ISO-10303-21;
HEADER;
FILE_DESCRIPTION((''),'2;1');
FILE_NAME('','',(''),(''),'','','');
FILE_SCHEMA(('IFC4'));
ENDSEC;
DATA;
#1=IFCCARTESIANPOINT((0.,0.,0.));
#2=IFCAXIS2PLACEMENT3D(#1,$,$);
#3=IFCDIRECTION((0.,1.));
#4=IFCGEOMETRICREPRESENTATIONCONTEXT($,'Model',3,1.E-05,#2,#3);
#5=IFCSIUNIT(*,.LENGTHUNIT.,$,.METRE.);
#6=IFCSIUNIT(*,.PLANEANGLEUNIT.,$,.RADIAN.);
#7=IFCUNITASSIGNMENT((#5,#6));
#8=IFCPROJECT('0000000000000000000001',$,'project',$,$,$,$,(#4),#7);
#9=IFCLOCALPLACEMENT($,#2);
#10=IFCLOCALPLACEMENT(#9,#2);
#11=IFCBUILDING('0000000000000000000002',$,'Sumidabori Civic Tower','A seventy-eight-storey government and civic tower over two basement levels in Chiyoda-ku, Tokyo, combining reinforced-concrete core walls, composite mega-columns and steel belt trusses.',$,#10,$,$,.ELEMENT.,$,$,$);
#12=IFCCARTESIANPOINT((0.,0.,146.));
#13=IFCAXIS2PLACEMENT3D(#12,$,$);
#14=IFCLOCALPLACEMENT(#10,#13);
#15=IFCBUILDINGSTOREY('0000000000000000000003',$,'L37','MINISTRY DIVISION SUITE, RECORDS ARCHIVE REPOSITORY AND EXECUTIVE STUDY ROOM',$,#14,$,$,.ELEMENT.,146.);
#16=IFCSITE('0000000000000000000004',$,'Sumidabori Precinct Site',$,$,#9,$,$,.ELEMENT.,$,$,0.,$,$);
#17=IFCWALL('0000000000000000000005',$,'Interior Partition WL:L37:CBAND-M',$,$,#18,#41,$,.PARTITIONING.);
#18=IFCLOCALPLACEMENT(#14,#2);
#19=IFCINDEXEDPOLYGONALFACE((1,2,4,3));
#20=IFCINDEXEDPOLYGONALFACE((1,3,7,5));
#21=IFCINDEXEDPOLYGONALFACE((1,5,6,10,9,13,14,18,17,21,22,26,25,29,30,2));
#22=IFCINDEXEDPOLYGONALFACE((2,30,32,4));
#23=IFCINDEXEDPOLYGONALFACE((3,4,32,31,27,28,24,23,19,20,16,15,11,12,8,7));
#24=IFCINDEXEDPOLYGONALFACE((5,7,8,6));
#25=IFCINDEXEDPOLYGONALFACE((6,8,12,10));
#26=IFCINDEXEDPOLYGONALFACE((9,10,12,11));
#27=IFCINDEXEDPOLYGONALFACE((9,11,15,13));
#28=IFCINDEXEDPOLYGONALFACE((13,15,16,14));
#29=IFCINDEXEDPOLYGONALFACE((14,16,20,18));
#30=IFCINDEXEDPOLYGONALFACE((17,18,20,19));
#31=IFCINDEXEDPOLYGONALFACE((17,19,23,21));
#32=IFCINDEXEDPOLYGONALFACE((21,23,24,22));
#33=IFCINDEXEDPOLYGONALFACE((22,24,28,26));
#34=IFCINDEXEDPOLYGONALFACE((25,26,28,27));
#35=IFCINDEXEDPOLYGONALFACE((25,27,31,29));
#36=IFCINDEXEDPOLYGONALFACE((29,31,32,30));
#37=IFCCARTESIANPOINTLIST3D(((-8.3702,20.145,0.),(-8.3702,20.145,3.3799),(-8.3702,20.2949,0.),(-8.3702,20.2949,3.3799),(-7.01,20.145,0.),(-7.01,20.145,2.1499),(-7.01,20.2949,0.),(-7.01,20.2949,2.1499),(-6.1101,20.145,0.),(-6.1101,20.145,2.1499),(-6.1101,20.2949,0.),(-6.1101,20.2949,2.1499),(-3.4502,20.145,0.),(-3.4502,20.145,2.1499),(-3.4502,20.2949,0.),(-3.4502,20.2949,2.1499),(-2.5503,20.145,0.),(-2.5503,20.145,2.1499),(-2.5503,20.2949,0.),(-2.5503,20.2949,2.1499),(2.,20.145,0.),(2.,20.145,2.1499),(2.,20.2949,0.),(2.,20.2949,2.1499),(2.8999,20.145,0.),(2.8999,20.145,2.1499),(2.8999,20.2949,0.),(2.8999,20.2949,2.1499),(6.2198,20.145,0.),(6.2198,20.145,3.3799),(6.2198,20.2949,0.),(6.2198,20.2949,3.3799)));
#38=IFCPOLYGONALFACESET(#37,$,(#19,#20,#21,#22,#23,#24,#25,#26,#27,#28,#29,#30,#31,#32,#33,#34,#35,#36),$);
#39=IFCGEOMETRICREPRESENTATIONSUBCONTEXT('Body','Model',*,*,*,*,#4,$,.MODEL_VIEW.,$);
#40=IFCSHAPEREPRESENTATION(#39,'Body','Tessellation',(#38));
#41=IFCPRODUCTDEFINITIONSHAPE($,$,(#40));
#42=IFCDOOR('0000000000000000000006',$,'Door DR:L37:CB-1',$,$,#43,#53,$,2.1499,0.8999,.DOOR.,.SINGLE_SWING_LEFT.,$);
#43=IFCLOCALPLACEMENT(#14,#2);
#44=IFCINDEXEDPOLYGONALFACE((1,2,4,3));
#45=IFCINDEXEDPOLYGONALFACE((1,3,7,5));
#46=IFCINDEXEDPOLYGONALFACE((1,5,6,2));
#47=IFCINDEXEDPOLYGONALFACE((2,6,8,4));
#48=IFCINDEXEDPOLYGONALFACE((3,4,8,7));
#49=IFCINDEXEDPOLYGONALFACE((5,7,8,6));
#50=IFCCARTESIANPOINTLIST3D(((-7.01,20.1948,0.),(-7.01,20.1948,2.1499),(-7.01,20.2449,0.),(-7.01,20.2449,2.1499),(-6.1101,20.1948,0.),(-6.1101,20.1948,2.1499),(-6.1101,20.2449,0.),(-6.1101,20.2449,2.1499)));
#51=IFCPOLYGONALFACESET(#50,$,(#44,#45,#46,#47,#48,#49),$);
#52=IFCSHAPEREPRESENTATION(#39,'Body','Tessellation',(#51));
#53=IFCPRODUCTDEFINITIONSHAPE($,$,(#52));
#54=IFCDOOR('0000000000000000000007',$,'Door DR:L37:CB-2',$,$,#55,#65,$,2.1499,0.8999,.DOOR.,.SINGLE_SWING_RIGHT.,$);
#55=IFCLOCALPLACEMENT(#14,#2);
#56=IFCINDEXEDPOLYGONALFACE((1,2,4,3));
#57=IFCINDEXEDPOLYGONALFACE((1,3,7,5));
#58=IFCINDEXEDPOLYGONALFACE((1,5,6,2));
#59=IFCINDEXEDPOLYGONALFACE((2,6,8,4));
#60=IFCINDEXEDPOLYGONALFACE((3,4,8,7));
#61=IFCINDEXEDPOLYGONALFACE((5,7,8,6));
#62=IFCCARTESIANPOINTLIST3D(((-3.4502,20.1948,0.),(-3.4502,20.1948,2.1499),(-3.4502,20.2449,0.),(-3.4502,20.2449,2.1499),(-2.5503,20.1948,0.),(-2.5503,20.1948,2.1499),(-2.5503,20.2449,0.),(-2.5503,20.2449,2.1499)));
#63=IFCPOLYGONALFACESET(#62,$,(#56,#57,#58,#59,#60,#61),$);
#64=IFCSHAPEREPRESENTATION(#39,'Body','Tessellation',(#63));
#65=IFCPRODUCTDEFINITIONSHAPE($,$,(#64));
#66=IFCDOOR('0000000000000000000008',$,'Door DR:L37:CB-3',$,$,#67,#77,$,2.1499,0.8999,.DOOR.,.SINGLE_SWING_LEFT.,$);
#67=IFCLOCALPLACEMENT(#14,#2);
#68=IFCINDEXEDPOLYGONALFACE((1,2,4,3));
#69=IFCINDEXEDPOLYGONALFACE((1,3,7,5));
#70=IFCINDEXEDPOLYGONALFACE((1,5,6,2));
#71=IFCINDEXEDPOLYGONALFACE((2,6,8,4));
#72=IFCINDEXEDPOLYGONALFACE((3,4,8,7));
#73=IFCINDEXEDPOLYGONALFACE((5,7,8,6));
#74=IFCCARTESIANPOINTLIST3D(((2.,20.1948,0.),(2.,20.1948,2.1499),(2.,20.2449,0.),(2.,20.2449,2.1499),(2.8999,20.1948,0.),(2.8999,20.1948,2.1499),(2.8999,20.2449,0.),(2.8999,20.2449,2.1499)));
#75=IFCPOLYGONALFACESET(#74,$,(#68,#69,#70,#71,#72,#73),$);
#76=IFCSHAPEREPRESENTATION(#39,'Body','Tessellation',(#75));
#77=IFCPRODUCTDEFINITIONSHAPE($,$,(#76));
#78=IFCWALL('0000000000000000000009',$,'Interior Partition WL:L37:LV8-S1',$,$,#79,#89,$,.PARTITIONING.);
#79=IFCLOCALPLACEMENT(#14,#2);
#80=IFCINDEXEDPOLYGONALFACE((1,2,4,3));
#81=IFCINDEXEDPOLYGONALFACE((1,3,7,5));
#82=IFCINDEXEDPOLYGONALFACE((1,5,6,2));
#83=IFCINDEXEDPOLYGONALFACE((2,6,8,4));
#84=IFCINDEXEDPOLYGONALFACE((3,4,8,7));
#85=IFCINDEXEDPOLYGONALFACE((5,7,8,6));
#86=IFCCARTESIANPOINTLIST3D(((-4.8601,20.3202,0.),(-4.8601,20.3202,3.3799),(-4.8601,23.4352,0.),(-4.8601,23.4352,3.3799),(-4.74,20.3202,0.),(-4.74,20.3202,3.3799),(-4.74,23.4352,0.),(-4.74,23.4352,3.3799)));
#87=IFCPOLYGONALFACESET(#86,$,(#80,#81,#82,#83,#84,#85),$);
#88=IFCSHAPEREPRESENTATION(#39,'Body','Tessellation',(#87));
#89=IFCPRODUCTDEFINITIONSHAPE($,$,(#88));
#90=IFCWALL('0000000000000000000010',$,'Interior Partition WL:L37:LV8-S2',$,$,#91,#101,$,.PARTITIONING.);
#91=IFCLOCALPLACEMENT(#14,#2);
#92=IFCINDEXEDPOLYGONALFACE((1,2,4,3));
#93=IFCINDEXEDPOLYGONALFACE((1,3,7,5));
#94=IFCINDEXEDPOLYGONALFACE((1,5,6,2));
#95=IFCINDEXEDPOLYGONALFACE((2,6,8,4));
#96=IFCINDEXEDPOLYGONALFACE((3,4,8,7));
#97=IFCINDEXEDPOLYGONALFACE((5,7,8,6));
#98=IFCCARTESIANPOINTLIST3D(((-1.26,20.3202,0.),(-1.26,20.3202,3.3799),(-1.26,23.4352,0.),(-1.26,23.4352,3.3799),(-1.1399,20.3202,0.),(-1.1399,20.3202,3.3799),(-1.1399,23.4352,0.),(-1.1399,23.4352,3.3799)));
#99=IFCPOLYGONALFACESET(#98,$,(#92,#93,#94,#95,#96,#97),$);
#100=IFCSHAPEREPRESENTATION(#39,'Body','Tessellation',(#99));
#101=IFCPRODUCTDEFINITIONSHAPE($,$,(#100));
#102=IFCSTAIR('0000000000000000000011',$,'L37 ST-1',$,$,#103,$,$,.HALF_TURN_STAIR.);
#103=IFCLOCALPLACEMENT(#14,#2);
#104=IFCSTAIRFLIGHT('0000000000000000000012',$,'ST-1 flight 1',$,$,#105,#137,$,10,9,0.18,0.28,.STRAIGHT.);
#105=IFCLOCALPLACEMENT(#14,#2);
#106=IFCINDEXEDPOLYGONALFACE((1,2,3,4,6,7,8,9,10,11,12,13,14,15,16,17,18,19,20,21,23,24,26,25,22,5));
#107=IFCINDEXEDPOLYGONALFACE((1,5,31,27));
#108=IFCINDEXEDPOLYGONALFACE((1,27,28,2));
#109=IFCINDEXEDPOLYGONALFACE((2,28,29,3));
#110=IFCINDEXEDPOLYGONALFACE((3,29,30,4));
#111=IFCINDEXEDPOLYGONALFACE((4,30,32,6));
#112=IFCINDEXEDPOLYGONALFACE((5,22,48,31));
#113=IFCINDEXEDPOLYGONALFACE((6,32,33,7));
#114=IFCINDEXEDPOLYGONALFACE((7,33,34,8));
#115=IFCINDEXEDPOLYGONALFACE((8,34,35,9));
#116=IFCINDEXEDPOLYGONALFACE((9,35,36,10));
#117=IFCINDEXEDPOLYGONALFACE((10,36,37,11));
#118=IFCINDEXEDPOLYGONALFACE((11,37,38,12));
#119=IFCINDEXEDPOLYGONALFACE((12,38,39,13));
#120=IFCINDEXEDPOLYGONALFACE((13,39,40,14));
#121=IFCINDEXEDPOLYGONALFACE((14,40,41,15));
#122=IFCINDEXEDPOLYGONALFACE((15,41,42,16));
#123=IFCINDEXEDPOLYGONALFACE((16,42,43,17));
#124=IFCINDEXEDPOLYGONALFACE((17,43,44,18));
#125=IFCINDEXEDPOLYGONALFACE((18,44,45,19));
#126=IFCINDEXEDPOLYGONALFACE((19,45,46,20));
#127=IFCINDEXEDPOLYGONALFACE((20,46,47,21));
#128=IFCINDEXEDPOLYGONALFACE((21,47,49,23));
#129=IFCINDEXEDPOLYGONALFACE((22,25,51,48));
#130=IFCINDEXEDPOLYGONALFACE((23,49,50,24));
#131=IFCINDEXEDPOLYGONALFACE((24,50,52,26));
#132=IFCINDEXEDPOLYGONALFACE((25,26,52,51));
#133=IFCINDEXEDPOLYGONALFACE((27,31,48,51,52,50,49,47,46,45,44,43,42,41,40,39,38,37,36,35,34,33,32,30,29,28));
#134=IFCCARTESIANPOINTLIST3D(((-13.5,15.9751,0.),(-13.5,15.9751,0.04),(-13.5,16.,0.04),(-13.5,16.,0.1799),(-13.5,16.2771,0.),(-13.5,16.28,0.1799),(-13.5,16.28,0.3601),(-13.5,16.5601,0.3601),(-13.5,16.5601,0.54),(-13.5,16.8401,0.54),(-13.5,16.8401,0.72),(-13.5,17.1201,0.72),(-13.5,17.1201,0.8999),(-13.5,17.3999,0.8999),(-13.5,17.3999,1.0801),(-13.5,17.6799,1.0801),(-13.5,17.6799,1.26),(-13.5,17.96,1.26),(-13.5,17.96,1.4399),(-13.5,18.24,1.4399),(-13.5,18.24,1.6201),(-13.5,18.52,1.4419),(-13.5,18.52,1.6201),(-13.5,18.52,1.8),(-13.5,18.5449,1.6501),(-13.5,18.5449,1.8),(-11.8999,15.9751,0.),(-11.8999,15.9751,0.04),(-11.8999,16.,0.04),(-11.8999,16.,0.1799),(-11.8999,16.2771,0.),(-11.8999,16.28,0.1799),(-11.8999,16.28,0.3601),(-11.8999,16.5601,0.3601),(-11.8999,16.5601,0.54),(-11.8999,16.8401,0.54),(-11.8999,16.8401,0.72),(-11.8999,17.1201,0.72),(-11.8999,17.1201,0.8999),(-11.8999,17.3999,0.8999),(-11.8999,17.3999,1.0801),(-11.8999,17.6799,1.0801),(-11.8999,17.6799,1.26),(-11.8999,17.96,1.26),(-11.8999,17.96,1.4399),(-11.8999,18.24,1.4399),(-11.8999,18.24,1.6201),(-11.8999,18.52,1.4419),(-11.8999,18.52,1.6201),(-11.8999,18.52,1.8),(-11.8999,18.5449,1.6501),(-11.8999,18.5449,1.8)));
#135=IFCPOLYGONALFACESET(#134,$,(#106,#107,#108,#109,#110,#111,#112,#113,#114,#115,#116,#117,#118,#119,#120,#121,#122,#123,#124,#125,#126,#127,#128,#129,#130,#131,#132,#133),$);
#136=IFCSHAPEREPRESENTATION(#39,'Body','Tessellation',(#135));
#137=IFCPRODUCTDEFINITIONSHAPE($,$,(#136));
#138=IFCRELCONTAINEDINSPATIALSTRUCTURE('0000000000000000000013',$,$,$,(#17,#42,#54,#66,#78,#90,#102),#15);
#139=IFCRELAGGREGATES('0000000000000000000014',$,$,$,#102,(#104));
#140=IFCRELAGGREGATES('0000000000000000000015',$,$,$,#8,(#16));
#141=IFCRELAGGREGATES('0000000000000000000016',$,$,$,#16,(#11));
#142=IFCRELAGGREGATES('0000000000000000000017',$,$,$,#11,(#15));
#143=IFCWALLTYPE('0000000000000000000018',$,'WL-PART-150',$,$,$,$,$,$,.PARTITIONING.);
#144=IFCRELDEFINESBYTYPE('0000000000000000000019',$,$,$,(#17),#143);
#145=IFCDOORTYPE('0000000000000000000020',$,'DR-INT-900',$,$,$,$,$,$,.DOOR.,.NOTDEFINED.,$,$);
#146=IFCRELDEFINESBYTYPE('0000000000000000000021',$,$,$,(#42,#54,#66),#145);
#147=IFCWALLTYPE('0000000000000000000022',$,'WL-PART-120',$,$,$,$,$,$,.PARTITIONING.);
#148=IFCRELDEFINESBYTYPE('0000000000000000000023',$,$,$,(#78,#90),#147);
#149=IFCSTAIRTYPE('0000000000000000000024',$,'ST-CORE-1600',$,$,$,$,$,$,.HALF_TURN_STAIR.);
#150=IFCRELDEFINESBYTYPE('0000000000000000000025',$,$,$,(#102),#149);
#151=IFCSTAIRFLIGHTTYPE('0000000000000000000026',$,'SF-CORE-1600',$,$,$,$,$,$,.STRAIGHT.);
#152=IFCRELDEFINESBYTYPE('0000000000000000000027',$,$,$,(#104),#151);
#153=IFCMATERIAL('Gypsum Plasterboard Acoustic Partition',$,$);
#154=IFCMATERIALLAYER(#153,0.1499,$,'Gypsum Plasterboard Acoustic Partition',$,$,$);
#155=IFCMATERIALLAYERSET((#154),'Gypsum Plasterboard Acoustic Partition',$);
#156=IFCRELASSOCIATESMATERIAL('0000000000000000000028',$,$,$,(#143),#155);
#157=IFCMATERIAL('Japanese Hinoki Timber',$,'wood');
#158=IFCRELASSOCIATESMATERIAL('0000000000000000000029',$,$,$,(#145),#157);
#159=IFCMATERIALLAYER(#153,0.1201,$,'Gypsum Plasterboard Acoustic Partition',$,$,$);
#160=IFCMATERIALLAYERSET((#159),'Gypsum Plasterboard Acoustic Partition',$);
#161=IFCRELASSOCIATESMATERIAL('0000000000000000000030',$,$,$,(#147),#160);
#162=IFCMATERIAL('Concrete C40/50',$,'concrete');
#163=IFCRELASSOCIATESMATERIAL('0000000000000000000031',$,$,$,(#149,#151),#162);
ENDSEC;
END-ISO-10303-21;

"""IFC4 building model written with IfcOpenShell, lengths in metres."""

from ifc_helpers import new_model, si_unit, direction, frame, frame_2d, origin, place, context, subcontext, project, spatial, polyline, rectangle, outline, extrude, source, transform, mapped, material, layer, layer_set, type_object, element, fill, aggregate, save


model = new_model("IFC4")

# Units and contexts
model_context = context("Model", 3, precision=1e-05, world=origin(), true_north=direction((0.0, 1.0)))
body_context = subcontext(model_context, "Body", "Model", "MODEL_VIEW")
ifc_project = project(units=[si_unit("LENGTHUNIT", "METRE"), si_unit("PLANEANGLEUNIT", "RADIAN")], contexts=[model_context])

# Site, building, storey
site_placement = place(None, origin())
site = spatial("IfcSite", under=ifc_project, at=site_placement, Name="Sumidabori Precinct Site", CompositionType="ELEMENT", RefElevation=0.0)
building_placement = place(site_placement, origin())
building = spatial("IfcBuilding", under=site, at=building_placement, Name="Sumidabori Civic Tower", Description="A seventy-eight-storey government and civic tower over two basement levels in Chiyoda-ku, Tokyo, combining reinforced-concrete core walls, composite mega-columns and steel belt trusses.", CompositionType="ELEMENT")
storey_placement = place(building_placement, frame((0.0, 0.0, 146.0)))
storey = spatial("IfcBuildingStorey", under=building, at=storey_placement, Name="L37", Description="MINISTRY DIVISION SUITE, RECORDS ARCHIVE REPOSITORY AND EXECUTIVE STUDY ROOM", CompositionType="ELEMENT", Elevation=146.0)

# Shared definitions
ifc_material_1 = material(Name="Gypsum Plasterboard Acoustic Partition")
ifc_layer_1 = layer(ifc_material_1, 0.1499, Name="Gypsum Plasterboard Acoustic Partition")
ifc_layer_set_1 = layer_set([ifc_layer_1], Name="Gypsum Plasterboard Acoustic Partition")
wall_type_1 = type_object("IfcWallType", Name="WL-PART-150", PredefinedType="PARTITIONING", material=ifc_layer_set_1)

# Wall, openings, doors
shared_shape_1 = source(origin(), body_context, "Body", "SweptSolid", [
    extrude(rectangle(XDim=14.5901, YDim=0.1499, at=frame_2d((7.2949, 0.0))), origin(), (0.0, 0.0, 1.0), 3.3799),
])
wall_1_placement = place(storey_placement, frame((-8.3701, 20.22, 0.0), z_axis=(0.0, 0.0, 1.0), x_axis=(1.0, 0.0, 0.0)))
wall_1 = element("IfcWall", 1, at=wall_1_placement, inside=storey, type_object=wall_type_1, Name="Interior Partition WL:L37:CBAND-M", PredefinedType="PARTITIONING", context=body_context, shape_type="MappedRepresentation", body=[
    mapped(shared_shape_1, transform((0.0, 0.0, 0.0), x_axis=(1.0, 0.0, 0.0), y_axis=(0.0, 1.0, 0.0), z_axis=(0.0, 0.0, 1.0), scale=1.0)),
])
opening_1_placement = place(wall_1_placement, frame((1.3601, 0.0, 0.0)))
opening_1 = element("IfcOpeningElement", 2, at=opening_1_placement, cuts=wall_1, PredefinedType="OPENING", context=body_context, shape_type="SweptSolid", body=[
    extrude(rectangle(XDim=0.8999, YDim=2.1499, at=frame_2d((0.45, 1.075))), frame((0.0, 0.0869, 0.0), z_axis=(0.0, -1.0, 0.0), x_axis=(1.0, 0.0, 0.0)), (0.0, 0.0, 1.0), 0.1738),
])
opening_2_placement = place(wall_1_placement, frame((4.9199, 0.0, 0.0)))
opening_2 = element("IfcOpeningElement", 3, at=opening_2_placement, cuts=wall_1, PredefinedType="OPENING", context=body_context, shape_type="SweptSolid", body=[
    extrude(rectangle(XDim=0.8999, YDim=2.1499, at=frame_2d((0.45, 1.075))), frame((0.0, 0.0869, 0.0), z_axis=(0.0, -1.0, 0.0), x_axis=(1.0, 0.0, 0.0)), (0.0, 0.0, 1.0), 0.1738),
])
opening_3_placement = place(wall_1_placement, frame((10.3701, 0.0, 0.0)))
opening_3 = element("IfcOpeningElement", 4, at=opening_3_placement, cuts=wall_1, PredefinedType="OPENING", context=body_context, shape_type="SweptSolid", body=[
    extrude(rectangle(XDim=0.8999, YDim=2.1499, at=frame_2d((0.45, 1.075))), frame((0.0, 0.0869, 0.0), z_axis=(0.0, -1.0, 0.0), x_axis=(1.0, 0.0, 0.0)), (0.0, 0.0, 1.0), 0.1738),
])
ifc_material_2 = material(Name="Japanese Hinoki Timber", Category="wood")
door_type = type_object("IfcDoorType", Name="DR-INT-900", OperationType="NOTDEFINED", PredefinedType="DOOR", material=ifc_material_2)
shared_shape_2 = source(origin(), body_context, "Body", "SweptSolid", [
    extrude(rectangle(XDim=0.8999, YDim=2.1499, at=frame_2d((0.45, 1.075))), frame((0.0, 0.0249, 0.0), z_axis=(0.0, -1.0, 0.0), x_axis=(1.0, 0.0, 0.0)), (0.0, 0.0, 1.0), 0.05),
])
door_1_placement = place(opening_1_placement, origin())
door_1 = element("IfcDoor", 5, at=door_1_placement, inside=storey, type_object=door_type, Name="Door DR:L37:CB-1", OperationType="SINGLE_SWING_LEFT", OverallHeight=2.1499, OverallWidth=0.8999, PredefinedType="DOOR", context=body_context, shape_type="MappedRepresentation", body=[
    mapped(shared_shape_2, transform((0.0, 0.0, 0.0), x_axis=(1.0, 0.0, 0.0), y_axis=(0.0, 1.0, 0.0), z_axis=(0.0, 0.0, 1.0), scale=1.0)),
])
fill(opening_1, door_1)
door_2_placement = place(opening_2_placement, origin())
door_2 = element("IfcDoor", 6, at=door_2_placement, inside=storey, type_object=door_type, Name="Door DR:L37:CB-2", OperationType="SINGLE_SWING_RIGHT", OverallHeight=2.1499, OverallWidth=0.8999, PredefinedType="DOOR", context=body_context, shape_type="MappedRepresentation", body=[
    mapped(shared_shape_2, transform((0.0, 0.0, 0.0), x_axis=(1.0, 0.0, 0.0), y_axis=(0.0, 1.0, 0.0), z_axis=(0.0, 0.0, 1.0), scale=1.0)),
])
fill(opening_2, door_2)
door_3_placement = place(opening_3_placement, origin())
door_3 = element("IfcDoor", 7, at=door_3_placement, inside=storey, type_object=door_type, Name="Door DR:L37:CB-3", OperationType="SINGLE_SWING_LEFT", OverallHeight=2.1499, OverallWidth=0.8999, PredefinedType="DOOR", context=body_context, shape_type="MappedRepresentation", body=[
    mapped(shared_shape_2, transform((0.0, 0.0, 0.0), x_axis=(1.0, 0.0, 0.0), y_axis=(0.0, 1.0, 0.0), z_axis=(0.0, 0.0, 1.0), scale=1.0)),
])
fill(opening_3, door_3)

# Walls
ifc_layer_2 = layer(ifc_material_1, 0.1201, Name="Gypsum Plasterboard Acoustic Partition")
ifc_layer_set_2 = layer_set([ifc_layer_2], Name="Gypsum Plasterboard Acoustic Partition")
wall_type_2 = type_object("IfcWallType", Name="WL-PART-120", PredefinedType="PARTITIONING", material=ifc_layer_set_2)
shared_shape_3 = source(origin(), body_context, "Body", "SweptSolid", [
    extrude(rectangle(XDim=3.115, YDim=0.1201, at=frame_2d((1.5576, 0.0))), origin(), (0.0, 0.0, 1.0), 3.3799),
])
for number, where, z_axis, x_axis, name in (
    (8, (-4.8, 20.3201, 0.0), (0.0, 0.0, 1.0), (0.0, 1.0, 0.0), "Interior Partition WL:L37:LV8-S1"),
    (9, (-1.2, 20.3201, 0.0), (0.0, 0.0, 1.0), (0.0, 1.0, 0.0), "Interior Partition WL:L37:LV8-S2"),
):
    element("IfcWall", number, at=place(storey_placement, frame(where, z_axis=z_axis, x_axis=x_axis)), inside=storey, type_object=wall_type_2, Name=name, PredefinedType="PARTITIONING", context=body_context, shape_type="MappedRepresentation", body=[
        mapped(shared_shape_3, transform((0.0, 0.0, 0.0), x_axis=(1.0, 0.0, 0.0), y_axis=(0.0, 1.0, 0.0), z_axis=(0.0, 0.0, 1.0), scale=1.0)),
    ])

# Stair, stair flight
ifc_material_3 = material(Name="Concrete C40/50", Category="concrete")
stair_type = type_object("IfcStairType", Name="ST-CORE-1600", PredefinedType="HALF_TURN_STAIR", material=ifc_material_3)
stair_placement = place(storey_placement, origin())
stair = element("IfcStair", 10, at=stair_placement, inside=storey, type_object=stair_type, Name="L37 ST-1", PredefinedType="HALF_TURN_STAIR")
stair_flight_type = type_object("IfcStairFlightType", Name="SF-CORE-1600", PredefinedType="STRAIGHT", material=ifc_material_3)
shared_shape_4 = source(origin(), body_context, "Body", "SweptSolid", [
    extrude(outline(polyline([(-0.0249, 0.0), (-0.0249, 0.04), (0.0, 0.04), (0.0, 0.1799), (0.28, 0.1799), (0.28, 0.3601), (0.5601, 0.3601), (0.5601, 0.54), (0.8401, 0.54), (0.8401, 0.72), (1.1201, 0.72), (1.1201, 0.8999), (1.3999, 0.8999), (1.3999, 1.0801), (1.6799, 1.0801), (1.6799, 1.26), (1.96, 1.26), (1.96, 1.4399), (2.24, 1.4399), (2.24, 1.6201), (2.52, 1.6201), (2.52, 1.8), (2.5449, 1.8), (2.5449, 1.6501), (2.52, 1.4419), (0.2771, 0.0), (-0.0249, 0.0)])), frame((0.0, 0.8, 0.0), z_axis=(0.0, -1.0, 0.0), x_axis=(1.0, 0.0, 0.0)), (0.0, 0.0, 1.0), 1.6001),
])
stair_flight_placement = place(storey_placement, frame((-12.7, 16.0, 0.0), z_axis=(0.0, 0.0, 1.0), x_axis=(0.0, 1.0, 0.0)))
stair_flight = element("IfcStairFlight", 11, at=stair_flight_placement, type_object=stair_flight_type, Name="ST-1 flight 1", NumberOfRisers=10, NumberOfTreads=9, PredefinedType="STRAIGHT", RiserHeight=0.18, TreadLength=0.28, context=body_context, shape_type="MappedRepresentation", body=[
    mapped(shared_shape_4, transform((0.0, 0.0, 0.0), x_axis=(1.0, 0.0, 0.0), y_axis=(0.0, 1.0, 0.0), z_axis=(0.0, 0.0, 1.0), scale=1.0)),
])
aggregate(stair, [stair_flight])

save(model, "model.ifc")
